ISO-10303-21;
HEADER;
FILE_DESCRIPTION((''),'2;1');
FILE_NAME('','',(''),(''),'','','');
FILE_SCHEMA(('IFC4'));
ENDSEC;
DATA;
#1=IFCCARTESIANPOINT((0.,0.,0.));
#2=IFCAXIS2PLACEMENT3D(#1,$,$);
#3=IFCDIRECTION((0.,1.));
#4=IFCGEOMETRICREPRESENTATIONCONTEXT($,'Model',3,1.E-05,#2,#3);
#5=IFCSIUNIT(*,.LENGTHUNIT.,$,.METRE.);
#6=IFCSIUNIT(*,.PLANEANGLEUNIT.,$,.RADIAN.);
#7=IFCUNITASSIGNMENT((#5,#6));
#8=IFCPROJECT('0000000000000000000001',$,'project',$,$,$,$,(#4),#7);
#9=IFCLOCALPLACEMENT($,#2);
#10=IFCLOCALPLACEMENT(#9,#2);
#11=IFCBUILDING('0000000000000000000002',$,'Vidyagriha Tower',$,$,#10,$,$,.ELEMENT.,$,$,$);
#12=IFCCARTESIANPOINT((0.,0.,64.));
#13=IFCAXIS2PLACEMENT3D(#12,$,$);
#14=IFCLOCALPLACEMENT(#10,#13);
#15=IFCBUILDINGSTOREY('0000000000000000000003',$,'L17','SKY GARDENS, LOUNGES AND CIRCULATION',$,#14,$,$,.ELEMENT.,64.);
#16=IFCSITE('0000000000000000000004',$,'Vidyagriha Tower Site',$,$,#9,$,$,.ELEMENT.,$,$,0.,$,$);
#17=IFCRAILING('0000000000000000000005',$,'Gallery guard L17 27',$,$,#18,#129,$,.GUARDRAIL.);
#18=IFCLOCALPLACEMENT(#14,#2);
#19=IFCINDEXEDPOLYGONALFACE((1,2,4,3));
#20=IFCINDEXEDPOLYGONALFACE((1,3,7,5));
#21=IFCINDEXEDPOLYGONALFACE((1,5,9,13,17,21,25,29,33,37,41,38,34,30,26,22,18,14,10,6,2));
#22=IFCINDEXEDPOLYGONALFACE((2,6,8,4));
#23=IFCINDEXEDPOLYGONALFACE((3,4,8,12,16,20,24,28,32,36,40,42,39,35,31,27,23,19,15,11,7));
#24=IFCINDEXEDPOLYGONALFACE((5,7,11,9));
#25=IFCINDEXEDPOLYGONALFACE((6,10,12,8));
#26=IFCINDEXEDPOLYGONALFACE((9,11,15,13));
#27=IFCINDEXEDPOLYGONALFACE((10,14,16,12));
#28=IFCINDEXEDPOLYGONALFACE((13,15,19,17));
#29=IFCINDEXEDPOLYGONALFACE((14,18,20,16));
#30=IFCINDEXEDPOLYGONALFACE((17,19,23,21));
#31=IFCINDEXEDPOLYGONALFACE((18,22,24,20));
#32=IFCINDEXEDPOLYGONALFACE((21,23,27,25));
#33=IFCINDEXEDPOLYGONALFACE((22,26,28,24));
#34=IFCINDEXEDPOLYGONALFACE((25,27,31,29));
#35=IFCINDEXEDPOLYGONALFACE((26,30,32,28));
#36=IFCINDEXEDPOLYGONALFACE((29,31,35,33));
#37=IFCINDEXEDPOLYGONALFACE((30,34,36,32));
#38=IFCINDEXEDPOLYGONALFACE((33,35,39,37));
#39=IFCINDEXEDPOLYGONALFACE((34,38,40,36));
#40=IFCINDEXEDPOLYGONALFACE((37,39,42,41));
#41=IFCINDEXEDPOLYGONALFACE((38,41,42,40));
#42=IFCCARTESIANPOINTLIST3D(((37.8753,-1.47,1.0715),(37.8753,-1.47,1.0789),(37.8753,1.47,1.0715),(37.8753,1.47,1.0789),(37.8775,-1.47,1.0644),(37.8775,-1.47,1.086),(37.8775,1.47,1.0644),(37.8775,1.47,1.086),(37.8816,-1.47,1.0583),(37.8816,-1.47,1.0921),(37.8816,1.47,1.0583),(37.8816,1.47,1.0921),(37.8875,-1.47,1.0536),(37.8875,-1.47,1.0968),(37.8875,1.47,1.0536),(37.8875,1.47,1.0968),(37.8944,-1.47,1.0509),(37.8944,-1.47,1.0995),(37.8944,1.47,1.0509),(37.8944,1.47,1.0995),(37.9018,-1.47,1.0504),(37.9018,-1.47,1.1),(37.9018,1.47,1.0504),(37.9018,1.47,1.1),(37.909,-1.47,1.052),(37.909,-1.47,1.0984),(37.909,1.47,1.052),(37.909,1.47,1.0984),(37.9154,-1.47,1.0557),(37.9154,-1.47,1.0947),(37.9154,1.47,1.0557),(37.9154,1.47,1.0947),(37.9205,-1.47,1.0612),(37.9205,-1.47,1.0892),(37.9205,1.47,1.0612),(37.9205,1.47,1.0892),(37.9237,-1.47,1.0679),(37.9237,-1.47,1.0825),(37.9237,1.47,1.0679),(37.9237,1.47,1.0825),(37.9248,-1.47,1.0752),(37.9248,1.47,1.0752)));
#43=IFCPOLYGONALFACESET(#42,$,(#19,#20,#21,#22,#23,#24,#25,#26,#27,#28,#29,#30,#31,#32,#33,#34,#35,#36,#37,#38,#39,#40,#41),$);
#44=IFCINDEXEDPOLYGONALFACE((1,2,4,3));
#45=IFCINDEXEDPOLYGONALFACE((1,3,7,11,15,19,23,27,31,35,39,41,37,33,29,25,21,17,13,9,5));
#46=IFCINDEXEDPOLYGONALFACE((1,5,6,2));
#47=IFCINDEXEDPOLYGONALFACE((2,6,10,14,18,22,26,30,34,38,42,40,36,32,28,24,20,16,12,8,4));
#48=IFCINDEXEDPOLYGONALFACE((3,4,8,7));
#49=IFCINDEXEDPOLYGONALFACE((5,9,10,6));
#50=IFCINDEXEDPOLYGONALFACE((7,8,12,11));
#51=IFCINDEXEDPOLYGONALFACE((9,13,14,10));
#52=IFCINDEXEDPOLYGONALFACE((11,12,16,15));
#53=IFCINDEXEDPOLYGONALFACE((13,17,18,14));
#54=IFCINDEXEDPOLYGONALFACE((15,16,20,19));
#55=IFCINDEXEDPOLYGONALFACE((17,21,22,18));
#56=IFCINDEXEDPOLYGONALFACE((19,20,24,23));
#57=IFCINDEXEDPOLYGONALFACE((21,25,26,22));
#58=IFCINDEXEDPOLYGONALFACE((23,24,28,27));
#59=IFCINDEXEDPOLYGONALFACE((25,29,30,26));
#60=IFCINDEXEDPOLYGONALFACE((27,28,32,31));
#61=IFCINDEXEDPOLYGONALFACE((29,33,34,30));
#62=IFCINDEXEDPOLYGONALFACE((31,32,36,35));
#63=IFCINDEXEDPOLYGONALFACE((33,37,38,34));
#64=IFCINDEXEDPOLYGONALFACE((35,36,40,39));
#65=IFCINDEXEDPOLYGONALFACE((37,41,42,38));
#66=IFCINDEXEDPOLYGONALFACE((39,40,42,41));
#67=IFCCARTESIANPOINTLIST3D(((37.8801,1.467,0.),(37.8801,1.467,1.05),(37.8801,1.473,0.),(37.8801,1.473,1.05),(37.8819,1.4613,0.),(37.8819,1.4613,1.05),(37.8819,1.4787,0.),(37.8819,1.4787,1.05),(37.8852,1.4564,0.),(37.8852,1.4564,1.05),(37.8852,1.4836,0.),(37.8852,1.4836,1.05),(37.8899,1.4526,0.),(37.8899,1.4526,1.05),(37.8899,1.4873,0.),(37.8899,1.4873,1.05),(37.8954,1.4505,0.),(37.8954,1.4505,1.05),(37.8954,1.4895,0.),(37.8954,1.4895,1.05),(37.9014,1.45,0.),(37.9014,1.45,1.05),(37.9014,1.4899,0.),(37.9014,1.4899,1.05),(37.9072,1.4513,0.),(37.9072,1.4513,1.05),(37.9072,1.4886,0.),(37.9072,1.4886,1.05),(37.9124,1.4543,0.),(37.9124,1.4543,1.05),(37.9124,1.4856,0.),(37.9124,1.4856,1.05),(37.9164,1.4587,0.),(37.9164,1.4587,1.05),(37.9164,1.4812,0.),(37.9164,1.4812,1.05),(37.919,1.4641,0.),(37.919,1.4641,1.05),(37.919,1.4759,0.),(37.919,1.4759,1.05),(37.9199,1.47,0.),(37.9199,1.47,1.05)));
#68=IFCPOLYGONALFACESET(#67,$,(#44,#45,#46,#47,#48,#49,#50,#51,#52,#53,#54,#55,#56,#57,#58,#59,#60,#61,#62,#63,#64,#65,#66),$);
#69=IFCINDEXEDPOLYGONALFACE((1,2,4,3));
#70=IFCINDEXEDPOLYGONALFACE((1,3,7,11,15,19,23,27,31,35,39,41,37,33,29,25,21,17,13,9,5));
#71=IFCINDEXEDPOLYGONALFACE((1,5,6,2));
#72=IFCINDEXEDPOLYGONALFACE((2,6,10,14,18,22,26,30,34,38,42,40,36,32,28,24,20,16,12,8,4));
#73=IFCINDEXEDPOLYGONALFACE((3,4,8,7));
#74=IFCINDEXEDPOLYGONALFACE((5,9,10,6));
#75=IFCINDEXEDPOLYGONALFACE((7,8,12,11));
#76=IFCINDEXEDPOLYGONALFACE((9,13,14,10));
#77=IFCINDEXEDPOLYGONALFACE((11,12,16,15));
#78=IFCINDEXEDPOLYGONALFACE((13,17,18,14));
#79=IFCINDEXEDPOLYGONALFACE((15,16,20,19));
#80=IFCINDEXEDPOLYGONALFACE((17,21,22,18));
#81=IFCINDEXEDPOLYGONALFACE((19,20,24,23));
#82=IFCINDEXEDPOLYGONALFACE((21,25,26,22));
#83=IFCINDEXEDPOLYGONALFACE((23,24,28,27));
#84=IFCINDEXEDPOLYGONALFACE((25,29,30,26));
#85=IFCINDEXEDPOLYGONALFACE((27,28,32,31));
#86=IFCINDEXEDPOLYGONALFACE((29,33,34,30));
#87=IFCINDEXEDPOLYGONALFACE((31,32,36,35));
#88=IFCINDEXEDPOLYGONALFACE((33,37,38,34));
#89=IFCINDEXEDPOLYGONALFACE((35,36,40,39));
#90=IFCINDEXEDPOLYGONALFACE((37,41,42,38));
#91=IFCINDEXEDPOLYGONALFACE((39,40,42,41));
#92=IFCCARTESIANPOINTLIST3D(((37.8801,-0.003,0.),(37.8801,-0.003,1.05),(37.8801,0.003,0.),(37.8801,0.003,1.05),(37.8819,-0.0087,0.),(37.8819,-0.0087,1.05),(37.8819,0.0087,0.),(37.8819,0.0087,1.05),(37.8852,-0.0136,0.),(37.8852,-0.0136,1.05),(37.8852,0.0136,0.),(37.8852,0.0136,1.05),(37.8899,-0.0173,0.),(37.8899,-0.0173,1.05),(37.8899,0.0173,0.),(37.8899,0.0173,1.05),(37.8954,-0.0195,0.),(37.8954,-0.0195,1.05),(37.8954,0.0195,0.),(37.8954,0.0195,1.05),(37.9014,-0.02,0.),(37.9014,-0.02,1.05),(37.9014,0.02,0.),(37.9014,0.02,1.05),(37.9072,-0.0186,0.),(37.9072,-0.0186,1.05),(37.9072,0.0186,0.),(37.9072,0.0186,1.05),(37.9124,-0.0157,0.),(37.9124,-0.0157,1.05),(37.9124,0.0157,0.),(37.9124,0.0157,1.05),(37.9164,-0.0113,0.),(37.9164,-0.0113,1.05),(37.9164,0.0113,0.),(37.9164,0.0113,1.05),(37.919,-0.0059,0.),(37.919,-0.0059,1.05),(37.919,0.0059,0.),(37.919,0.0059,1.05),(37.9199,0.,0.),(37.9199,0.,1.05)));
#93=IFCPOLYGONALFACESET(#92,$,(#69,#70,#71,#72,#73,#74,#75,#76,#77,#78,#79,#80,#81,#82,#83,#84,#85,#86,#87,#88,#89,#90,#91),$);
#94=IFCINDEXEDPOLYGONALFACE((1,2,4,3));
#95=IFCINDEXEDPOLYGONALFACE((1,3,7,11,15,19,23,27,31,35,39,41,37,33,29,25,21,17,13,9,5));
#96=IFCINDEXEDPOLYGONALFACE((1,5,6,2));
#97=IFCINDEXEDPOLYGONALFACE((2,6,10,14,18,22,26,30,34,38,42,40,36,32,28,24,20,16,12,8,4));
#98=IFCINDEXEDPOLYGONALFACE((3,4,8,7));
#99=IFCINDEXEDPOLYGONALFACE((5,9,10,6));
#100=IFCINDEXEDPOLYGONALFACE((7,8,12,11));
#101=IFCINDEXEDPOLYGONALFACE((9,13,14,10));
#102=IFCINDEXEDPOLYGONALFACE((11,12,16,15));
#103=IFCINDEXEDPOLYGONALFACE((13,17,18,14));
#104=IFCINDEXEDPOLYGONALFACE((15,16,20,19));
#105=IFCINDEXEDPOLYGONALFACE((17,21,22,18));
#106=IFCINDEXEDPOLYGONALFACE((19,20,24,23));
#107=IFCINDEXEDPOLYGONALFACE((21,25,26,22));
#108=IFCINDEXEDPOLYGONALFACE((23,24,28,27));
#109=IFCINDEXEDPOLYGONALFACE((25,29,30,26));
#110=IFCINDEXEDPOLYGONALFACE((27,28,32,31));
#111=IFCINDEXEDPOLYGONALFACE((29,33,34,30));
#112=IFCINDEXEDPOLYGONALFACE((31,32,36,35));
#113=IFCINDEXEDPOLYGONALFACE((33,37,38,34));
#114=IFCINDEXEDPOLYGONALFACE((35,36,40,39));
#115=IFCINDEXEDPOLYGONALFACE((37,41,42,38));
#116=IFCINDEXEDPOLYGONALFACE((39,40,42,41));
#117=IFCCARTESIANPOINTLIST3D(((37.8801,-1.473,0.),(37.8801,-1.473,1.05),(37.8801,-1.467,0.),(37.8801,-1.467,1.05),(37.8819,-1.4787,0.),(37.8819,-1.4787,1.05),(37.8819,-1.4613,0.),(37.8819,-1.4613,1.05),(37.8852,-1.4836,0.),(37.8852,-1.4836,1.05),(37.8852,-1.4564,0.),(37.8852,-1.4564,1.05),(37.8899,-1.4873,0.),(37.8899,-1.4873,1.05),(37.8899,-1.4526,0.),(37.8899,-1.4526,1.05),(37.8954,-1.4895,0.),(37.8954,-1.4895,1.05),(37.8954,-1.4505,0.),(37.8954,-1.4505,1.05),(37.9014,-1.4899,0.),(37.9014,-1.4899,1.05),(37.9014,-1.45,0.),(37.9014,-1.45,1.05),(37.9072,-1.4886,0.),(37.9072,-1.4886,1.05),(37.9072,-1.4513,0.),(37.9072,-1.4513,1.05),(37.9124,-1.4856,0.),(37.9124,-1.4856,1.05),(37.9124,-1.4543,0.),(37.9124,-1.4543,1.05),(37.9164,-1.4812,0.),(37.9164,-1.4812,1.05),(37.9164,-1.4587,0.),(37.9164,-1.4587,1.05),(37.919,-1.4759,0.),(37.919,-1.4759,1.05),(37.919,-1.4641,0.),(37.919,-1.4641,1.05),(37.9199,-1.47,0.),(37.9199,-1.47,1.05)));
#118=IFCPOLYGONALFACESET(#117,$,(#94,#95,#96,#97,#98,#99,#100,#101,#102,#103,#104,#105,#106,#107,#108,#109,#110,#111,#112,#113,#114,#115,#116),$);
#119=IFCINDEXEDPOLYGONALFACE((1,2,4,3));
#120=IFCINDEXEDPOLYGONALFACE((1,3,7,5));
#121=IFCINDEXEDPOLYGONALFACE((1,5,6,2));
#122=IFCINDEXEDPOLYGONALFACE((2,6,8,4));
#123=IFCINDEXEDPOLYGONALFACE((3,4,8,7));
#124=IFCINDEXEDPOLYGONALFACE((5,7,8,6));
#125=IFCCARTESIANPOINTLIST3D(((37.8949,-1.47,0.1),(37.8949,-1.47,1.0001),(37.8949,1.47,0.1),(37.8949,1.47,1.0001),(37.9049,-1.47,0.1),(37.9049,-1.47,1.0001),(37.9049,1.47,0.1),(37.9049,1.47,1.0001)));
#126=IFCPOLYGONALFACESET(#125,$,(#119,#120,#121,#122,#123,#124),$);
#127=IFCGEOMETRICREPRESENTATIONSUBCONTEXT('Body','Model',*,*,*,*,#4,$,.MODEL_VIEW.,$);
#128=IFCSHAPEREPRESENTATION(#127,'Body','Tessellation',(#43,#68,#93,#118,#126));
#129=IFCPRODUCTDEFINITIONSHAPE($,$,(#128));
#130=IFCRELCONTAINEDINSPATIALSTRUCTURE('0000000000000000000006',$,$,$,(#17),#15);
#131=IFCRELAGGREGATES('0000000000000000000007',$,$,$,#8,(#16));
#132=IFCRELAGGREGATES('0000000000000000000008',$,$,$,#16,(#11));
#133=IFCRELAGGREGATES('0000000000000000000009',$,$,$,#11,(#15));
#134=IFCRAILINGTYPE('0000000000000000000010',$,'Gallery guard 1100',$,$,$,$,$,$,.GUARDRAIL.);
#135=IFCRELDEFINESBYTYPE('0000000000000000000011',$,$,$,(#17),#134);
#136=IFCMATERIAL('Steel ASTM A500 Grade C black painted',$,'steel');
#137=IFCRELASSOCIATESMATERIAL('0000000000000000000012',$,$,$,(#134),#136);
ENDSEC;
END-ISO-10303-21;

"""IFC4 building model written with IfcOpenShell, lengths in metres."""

from ifc_helpers import new_model, si_unit, direction, frame, origin, origin_2d, place, context, subcontext, project, spatial, rectangle, circle, extrude, material, type_object, element, save


model = new_model("IFC4")

# Units and contexts
model_context = context("Model", 3, precision=1e-05, world=origin(), true_north=direction((0.0, 1.0)))
body_context = subcontext(model_context, "Body", "Model", "MODEL_VIEW")
ifc_project = project(units=[si_unit("LENGTHUNIT", "METRE"), si_unit("PLANEANGLEUNIT", "RADIAN")], contexts=[model_context])

# Site, building, storey
site_placement = place(None, origin())
site = spatial("IfcSite", under=ifc_project, at=site_placement, Name="Vidyagriha Tower Site", CompositionType="ELEMENT", RefElevation=0.0)
building_placement = place(site_placement, origin())
building = spatial("IfcBuilding", under=site, at=building_placement, Name="Vidyagriha Tower", CompositionType="ELEMENT")
storey_placement = place(building_placement, frame((0.0, 0.0, 64.0)))
storey = spatial("IfcBuildingStorey", under=building, at=storey_placement, Name="L17", Description="SKY GARDENS, LOUNGES AND CIRCULATION", CompositionType="ELEMENT", Elevation=64.0)

# Railing
ifc_material_1 = material(Name="Steel ASTM A500 Grade C black painted", Category="steel")
railing_type = type_object("IfcRailingType", Name="Gallery guard 1100", PredefinedType="GUARDRAIL", material=ifc_material_1)
railing_1_placement = place(storey_placement, frame((37.8999, 1.47, 0.0)))
element("IfcRailing", 1, at=railing_1_placement, inside=storey, type_object=railing_type, Name="Gallery guard L17 27", PredefinedType="GUARDRAIL", context=body_context, shape_type="SweptSolid", body=[
    extrude(circle(Radius=0.0249, at=origin_2d()), frame((0.0, 0.0, 1.0752), z_axis=(0.0, -1.0, 0.0), x_axis=(1.0, 0.0, 0.0)), (0.0, 0.0, 1.0), 2.9399),
    extrude(circle(Radius=0.02, at=origin_2d()), origin(), (0.0, 0.0, 1.0), 1.05),
    extrude(circle(Radius=0.02, at=origin_2d()), frame((0.0, -1.47, 0.0)), (0.0, 0.0, 1.0), 1.05),
    extrude(circle(Radius=0.02, at=origin_2d()), frame((0.0, -2.9399, 0.0)), (0.0, 0.0, 1.0), 1.05),
    extrude(rectangle(XDim=0.01, YDim=0.9001, at=origin_2d()), frame((0.0, 0.0, 0.55), z_axis=(0.0, -1.0, 0.0), x_axis=(1.0, 0.0, 0.0)), (0.0, 0.0, 1.0), 2.9399),
])

save(model, "model.ifc")
